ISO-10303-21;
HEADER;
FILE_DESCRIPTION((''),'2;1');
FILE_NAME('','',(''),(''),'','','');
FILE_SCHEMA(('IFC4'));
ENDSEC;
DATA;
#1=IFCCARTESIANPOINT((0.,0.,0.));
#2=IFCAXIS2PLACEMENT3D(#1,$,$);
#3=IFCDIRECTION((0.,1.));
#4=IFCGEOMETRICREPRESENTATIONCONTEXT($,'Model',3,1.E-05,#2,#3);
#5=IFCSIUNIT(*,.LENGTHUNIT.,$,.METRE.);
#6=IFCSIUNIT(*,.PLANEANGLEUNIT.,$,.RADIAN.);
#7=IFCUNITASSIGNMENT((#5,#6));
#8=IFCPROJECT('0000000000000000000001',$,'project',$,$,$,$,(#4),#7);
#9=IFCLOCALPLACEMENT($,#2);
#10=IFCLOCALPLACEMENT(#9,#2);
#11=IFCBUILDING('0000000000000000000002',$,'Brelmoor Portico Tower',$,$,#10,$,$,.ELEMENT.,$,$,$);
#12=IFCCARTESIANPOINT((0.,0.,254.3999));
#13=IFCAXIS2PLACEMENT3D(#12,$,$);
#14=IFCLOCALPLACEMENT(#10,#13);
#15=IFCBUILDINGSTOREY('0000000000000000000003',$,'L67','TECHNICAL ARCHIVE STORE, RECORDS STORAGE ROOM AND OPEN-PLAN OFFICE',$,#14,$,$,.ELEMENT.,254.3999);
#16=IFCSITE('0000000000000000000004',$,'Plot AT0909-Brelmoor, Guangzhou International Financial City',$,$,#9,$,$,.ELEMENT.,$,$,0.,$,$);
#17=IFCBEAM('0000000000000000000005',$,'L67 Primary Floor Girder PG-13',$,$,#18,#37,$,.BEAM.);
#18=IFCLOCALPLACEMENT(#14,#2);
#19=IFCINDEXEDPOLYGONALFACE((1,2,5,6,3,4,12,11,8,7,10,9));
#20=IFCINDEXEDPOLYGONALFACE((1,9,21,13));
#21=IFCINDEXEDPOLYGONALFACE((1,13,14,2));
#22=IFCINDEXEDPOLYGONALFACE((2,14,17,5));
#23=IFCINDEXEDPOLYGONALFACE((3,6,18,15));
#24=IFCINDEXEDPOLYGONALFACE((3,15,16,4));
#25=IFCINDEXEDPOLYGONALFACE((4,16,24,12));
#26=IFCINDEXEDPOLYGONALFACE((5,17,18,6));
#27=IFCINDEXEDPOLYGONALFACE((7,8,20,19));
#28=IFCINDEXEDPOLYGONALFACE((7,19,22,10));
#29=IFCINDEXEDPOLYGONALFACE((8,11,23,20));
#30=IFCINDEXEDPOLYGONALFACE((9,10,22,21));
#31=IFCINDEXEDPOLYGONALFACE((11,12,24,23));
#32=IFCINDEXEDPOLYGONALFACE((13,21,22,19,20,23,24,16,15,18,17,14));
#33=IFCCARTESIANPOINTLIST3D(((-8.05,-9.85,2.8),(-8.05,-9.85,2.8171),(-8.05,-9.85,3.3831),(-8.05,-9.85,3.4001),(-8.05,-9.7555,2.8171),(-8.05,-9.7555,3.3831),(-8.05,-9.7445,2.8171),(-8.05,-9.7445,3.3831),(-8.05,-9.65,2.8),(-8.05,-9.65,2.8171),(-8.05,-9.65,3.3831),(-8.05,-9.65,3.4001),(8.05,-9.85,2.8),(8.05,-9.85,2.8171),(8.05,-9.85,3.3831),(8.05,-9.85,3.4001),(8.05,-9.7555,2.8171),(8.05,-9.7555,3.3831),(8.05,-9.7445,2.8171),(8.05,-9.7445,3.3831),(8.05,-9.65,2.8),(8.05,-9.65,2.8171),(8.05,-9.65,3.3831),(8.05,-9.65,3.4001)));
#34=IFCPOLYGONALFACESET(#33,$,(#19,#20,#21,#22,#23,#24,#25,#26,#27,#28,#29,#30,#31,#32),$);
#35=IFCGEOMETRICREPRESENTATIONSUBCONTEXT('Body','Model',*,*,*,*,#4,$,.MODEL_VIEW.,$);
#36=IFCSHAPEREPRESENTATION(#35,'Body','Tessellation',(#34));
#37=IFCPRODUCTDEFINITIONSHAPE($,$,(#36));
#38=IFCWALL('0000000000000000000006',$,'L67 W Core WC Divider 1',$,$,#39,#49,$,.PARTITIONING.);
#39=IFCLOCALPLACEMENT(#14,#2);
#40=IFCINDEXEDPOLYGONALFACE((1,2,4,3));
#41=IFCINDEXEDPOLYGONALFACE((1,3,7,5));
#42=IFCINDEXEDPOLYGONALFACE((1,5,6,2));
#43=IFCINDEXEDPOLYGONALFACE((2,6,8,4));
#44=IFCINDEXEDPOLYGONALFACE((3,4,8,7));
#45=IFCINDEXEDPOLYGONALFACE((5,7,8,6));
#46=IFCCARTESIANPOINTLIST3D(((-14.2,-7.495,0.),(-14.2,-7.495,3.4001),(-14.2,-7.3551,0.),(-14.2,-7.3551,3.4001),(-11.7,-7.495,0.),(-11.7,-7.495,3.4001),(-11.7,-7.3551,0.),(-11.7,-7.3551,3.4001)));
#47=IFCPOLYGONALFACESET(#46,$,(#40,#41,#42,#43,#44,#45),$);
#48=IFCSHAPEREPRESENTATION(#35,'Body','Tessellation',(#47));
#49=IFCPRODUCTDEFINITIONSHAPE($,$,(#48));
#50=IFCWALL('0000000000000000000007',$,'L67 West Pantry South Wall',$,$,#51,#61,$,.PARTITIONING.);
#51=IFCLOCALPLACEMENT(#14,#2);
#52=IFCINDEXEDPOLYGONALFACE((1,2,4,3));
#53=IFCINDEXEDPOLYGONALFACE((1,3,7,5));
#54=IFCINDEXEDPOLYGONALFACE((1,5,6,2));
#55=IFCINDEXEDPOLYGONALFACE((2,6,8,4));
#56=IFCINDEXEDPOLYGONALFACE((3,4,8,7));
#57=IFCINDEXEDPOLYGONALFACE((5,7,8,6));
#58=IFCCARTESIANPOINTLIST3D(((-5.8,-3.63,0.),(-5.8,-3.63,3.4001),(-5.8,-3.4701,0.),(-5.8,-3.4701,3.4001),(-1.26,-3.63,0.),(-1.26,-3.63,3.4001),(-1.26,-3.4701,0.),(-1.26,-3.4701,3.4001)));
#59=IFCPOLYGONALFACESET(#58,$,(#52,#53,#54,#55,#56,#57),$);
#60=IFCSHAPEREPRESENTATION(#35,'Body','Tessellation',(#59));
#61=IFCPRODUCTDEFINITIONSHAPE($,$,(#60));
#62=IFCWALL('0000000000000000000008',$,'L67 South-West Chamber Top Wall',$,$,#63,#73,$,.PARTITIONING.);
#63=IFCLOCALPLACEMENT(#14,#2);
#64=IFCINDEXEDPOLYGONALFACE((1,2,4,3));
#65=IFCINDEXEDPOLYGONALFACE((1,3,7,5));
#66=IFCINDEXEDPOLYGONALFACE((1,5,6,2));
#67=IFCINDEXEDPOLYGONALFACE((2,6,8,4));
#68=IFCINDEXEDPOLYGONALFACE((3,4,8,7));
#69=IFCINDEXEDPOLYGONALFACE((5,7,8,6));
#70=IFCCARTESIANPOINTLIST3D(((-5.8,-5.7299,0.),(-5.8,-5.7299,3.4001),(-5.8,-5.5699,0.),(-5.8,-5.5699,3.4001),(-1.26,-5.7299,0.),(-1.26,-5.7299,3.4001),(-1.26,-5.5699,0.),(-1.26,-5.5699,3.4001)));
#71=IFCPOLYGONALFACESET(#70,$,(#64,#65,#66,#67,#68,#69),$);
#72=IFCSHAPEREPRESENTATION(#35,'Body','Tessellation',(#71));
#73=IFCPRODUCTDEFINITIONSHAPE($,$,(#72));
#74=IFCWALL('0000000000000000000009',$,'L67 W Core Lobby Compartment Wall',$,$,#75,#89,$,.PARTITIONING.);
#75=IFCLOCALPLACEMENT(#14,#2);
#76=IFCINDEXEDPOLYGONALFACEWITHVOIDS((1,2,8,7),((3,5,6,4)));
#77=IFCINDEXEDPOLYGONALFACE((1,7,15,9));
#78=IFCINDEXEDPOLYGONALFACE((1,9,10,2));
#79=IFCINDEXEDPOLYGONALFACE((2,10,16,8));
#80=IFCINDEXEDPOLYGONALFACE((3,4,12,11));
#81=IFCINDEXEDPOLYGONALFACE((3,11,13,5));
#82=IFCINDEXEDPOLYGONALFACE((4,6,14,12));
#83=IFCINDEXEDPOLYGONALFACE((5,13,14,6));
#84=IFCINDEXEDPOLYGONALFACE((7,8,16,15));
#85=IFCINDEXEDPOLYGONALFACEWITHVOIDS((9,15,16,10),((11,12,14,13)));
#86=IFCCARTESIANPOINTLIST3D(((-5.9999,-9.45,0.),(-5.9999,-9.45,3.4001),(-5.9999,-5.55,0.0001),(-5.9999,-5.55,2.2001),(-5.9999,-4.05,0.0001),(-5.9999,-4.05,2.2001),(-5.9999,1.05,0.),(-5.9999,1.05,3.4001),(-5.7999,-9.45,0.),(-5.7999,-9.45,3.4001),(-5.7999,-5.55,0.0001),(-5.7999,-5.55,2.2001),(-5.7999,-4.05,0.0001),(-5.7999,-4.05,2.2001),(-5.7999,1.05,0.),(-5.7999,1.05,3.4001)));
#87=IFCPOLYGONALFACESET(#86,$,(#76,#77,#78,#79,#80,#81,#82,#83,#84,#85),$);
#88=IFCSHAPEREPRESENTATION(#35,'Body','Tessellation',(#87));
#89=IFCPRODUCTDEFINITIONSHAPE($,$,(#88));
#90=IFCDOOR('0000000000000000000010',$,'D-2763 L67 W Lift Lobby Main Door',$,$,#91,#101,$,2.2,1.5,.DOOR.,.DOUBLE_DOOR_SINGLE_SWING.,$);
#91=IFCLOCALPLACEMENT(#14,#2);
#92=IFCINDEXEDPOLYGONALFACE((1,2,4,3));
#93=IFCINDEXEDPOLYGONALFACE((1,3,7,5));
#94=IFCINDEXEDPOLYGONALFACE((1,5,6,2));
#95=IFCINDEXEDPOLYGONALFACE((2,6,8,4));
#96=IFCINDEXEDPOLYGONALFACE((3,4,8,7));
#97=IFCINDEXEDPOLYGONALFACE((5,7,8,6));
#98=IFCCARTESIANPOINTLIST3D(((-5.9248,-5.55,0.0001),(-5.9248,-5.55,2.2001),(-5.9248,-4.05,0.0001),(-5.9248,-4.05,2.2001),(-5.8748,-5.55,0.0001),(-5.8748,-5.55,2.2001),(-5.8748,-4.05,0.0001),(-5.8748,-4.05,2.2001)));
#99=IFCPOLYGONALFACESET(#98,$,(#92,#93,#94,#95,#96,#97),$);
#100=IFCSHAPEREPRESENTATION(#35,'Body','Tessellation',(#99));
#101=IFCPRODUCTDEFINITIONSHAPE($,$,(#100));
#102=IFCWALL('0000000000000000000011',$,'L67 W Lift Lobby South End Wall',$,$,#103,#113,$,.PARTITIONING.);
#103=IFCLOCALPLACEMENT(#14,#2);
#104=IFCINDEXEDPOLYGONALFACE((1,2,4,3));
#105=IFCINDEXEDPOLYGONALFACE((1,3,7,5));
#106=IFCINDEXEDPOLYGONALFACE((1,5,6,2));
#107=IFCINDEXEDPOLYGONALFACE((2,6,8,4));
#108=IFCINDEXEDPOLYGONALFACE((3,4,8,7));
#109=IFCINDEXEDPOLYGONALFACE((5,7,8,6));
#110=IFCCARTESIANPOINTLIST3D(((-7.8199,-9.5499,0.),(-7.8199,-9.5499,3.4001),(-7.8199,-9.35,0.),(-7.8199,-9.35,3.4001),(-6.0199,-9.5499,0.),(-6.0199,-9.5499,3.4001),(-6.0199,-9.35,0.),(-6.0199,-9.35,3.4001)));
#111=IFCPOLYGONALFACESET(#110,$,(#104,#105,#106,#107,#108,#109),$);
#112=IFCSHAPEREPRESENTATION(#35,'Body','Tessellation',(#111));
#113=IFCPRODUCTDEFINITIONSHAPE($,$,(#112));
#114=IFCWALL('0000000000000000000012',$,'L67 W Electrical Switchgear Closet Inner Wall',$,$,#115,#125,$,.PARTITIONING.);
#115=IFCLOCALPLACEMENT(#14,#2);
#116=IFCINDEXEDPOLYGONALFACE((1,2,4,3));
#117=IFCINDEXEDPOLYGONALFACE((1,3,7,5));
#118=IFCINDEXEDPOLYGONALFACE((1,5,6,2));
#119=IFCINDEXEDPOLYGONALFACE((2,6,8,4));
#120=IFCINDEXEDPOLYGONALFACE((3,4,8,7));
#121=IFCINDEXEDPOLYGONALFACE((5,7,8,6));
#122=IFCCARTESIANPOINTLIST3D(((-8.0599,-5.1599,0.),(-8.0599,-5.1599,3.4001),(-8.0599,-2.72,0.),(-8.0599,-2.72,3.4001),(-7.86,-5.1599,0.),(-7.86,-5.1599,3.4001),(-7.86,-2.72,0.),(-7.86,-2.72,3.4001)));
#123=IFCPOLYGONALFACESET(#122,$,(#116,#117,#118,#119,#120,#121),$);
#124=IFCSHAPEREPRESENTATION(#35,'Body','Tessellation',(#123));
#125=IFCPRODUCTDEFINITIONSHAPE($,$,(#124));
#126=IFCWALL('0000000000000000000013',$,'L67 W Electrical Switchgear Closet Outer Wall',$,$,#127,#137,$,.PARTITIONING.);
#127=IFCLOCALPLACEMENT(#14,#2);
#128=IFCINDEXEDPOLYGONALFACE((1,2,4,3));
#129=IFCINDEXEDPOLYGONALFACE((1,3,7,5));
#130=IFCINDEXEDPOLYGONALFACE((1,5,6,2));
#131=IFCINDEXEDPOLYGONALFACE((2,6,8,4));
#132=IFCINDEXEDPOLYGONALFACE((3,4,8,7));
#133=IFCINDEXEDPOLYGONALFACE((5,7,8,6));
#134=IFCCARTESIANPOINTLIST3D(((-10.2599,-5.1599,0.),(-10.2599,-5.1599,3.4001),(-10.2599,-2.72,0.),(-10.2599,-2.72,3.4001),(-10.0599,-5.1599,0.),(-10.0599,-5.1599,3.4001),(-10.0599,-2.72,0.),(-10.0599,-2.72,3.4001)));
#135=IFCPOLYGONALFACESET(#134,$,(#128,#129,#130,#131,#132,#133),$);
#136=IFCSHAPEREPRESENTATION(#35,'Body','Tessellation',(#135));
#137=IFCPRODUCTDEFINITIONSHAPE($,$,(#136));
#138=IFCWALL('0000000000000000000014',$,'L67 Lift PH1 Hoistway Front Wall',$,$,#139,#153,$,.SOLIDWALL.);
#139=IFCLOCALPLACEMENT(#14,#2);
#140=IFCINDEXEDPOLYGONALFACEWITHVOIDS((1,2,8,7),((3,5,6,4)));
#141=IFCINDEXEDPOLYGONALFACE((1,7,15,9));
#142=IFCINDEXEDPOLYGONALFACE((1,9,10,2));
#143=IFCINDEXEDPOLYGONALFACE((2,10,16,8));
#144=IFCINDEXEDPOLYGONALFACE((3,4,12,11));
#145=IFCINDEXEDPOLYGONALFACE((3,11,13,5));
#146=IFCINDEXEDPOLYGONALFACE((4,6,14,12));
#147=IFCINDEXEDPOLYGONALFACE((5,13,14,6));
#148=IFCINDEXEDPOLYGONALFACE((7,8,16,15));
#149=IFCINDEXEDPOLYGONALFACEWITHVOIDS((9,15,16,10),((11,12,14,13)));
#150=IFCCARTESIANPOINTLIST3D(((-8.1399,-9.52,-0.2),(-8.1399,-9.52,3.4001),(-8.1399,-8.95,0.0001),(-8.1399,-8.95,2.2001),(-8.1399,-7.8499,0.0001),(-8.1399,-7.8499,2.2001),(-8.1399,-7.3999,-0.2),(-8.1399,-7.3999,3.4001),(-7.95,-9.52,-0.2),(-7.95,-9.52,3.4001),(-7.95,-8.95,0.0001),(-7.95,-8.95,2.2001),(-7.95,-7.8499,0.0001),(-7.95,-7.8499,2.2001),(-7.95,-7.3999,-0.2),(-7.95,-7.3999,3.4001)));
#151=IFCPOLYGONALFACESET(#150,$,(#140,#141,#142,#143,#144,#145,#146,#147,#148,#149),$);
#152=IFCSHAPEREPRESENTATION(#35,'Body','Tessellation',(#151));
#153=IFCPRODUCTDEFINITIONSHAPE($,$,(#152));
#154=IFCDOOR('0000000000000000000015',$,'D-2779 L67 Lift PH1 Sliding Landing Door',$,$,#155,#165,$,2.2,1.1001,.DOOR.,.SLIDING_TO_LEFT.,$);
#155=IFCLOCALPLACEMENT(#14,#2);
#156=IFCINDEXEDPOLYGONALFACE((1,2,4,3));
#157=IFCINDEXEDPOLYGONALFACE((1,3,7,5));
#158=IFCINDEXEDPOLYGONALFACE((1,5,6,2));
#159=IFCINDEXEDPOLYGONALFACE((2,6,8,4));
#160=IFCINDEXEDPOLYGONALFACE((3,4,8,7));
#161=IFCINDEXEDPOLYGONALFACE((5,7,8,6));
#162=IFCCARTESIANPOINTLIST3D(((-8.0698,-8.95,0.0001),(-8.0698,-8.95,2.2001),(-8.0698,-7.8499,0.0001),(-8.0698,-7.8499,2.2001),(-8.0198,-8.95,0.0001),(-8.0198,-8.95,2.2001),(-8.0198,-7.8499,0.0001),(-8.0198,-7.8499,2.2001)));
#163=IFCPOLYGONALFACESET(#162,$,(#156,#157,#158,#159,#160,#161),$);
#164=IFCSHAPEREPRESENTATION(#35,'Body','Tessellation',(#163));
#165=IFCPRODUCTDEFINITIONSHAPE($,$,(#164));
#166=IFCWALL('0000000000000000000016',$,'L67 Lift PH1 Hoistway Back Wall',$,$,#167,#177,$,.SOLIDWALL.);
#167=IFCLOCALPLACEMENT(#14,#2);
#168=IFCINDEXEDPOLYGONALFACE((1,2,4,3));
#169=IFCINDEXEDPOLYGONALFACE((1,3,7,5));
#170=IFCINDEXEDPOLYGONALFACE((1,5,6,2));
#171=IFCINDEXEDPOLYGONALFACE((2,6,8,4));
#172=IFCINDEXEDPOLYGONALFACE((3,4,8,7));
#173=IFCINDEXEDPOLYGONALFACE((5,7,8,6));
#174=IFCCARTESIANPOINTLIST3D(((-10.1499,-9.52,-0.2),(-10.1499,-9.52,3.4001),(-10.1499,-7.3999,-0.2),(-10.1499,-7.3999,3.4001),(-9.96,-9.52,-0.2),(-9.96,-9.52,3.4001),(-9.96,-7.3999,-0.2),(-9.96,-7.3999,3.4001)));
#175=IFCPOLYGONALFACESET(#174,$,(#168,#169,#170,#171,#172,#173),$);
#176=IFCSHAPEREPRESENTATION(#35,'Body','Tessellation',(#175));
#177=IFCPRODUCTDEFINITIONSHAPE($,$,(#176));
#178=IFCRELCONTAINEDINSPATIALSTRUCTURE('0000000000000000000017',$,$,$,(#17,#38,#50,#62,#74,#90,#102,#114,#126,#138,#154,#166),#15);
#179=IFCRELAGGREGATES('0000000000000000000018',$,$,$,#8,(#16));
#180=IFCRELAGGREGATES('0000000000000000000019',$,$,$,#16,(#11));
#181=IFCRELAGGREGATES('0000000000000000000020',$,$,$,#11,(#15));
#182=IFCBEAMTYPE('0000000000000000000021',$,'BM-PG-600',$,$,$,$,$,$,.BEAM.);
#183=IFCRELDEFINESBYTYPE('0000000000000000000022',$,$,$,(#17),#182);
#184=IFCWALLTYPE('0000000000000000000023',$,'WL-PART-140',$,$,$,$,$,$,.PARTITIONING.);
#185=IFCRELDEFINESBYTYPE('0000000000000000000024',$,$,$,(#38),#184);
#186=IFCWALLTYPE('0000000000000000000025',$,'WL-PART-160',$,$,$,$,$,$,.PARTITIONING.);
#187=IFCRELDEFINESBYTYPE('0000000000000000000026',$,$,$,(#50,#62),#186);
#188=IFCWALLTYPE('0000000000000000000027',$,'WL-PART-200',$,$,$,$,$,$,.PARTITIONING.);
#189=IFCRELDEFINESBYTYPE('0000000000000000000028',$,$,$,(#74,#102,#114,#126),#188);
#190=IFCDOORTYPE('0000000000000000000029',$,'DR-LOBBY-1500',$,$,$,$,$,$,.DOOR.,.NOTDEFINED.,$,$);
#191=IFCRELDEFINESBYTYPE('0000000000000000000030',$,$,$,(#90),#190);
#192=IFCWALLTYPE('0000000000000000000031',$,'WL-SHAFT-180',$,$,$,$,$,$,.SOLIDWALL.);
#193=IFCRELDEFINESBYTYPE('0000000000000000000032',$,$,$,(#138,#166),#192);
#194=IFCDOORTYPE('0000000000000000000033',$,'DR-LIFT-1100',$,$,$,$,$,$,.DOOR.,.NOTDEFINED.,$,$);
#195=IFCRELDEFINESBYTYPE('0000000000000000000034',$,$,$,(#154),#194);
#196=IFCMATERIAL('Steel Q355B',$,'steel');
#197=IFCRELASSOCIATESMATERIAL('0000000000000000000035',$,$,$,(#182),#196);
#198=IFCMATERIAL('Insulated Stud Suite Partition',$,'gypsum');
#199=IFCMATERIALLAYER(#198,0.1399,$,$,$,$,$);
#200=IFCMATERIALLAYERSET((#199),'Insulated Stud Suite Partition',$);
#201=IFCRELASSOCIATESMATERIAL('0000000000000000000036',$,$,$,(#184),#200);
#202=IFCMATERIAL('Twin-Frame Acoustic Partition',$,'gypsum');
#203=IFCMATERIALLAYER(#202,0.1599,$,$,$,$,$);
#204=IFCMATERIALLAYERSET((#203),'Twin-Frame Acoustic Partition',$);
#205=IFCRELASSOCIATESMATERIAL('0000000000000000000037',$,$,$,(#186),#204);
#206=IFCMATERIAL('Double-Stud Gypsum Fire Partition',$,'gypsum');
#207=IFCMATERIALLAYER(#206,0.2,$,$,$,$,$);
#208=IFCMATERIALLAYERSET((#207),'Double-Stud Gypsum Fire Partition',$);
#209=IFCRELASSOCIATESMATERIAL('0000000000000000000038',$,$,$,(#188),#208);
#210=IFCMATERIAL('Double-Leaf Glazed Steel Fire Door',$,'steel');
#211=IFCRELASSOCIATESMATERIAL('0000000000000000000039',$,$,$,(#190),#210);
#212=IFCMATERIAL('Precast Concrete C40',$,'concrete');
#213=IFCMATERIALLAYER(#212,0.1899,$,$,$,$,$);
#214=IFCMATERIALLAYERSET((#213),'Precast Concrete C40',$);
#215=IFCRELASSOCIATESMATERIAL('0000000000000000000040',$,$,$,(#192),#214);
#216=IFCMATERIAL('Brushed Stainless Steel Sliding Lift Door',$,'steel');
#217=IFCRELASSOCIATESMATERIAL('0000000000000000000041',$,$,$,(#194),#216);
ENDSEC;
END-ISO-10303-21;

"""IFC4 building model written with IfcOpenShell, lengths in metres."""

from ifc_helpers import new_model, si_unit, direction, frame, frame_2d, origin, origin_2d, place, context, subcontext, project, spatial, rectangle, i_section, extrude, material, layer, layer_set, material_profile, profile_set, type_object, element, fill, save


model = new_model("IFC4")

# Units and contexts
model_context = context("Model", 3, precision=1e-05, world=origin(), true_north=direction((0.0, 1.0)))
body_context = subcontext(model_context, "Body", "Model", "MODEL_VIEW")
ifc_project = project(units=[si_unit("LENGTHUNIT", "METRE"), si_unit("PLANEANGLEUNIT", "RADIAN")], contexts=[model_context])

# Site, building, storey
site_placement = place(None, origin())
site = spatial("IfcSite", under=ifc_project, at=site_placement, Name="Plot AT0909-Brelmoor, Guangzhou International Financial City", CompositionType="ELEMENT", RefElevation=0.0)
building_placement = place(site_placement, origin())
building = spatial("IfcBuilding", under=site, at=building_placement, Name="Brelmoor Portico Tower", CompositionType="ELEMENT")
storey_placement = place(building_placement, frame((0.0, 0.0, 254.3999)))
storey = spatial("IfcBuildingStorey", under=building, at=storey_placement, Name="L67", Description="TECHNICAL ARCHIVE STORE, RECORDS STORAGE ROOM AND OPEN-PLAN OFFICE", CompositionType="ELEMENT", Elevation=254.3999)

# Beam
ifc_material_1 = material(Name="Steel Q355B", Category="steel")
ifc_material_profile = material_profile(ifc_material_1, i_section(OverallWidth=0.2, OverallDepth=0.6001, WebThickness=0.011, FlangeThickness=0.0171, at=origin_2d()), Name="HN 600x200x11x17")
ifc_profile_set = profile_set([ifc_material_profile], Name="Steel Q355B")
beam_type = type_object("IfcBeamType", Name="BM-PG-600", PredefinedType="BEAM", material=ifc_profile_set)
beam_placement = place(storey_placement, frame((-8.05, -9.75, 3.1001), z_axis=(1.0, 0.0, 0.0), x_axis=(0.0, 1.0, 0.0)))
element("IfcBeam", 1, at=beam_placement, inside=storey, type_object=beam_type, Name="L67 Primary Floor Girder PG-13", PredefinedType="BEAM", context=body_context, shape_type="SweptSolid", body=[
    extrude(i_section(OverallWidth=0.2, OverallDepth=0.6001, WebThickness=0.011, FlangeThickness=0.0171, at=origin_2d()), origin(), (0.0, 0.0, 1.0), 16.1001),
])

# Wall
ifc_material_2 = material(Name="Insulated Stud Suite Partition", Category="gypsum")
ifc_layer_1 = layer(ifc_material_2, 0.1399)
ifc_layer_set_1 = layer_set([ifc_layer_1], Name="Insulated Stud Suite Partition")
wall_type_1 = type_object("IfcWallType", Name="WL-PART-140", PredefinedType="PARTITIONING", material=ifc_layer_set_1)
wall_1_placement = place(storey_placement, frame((-11.7, -7.425, 0.0), z_axis=(0.0, 0.0, 1.0), x_axis=(-1.0, 0.0, 0.0)))
element("IfcWall", 2, at=wall_1_placement, inside=storey, type_object=wall_type_1, Name="L67 W Core WC Divider 1", PredefinedType="PARTITIONING", context=body_context, shape_type="SweptSolid", body=[
    extrude(rectangle(XDim=2.5, YDim=0.1399, at=frame_2d((1.25, 0.0))), origin(), (0.0, 0.0, 1.0), 3.4001),
])

# Shared definitions
ifc_material_3 = material(Name="Twin-Frame Acoustic Partition", Category="gypsum")
ifc_layer_2 = layer(ifc_material_3, 0.1599)
ifc_layer_set_2 = layer_set([ifc_layer_2], Name="Twin-Frame Acoustic Partition")
wall_type_2 = type_object("IfcWallType", Name="WL-PART-160", PredefinedType="PARTITIONING", material=ifc_layer_set_2)

# Walls
for number, where, z_axis, x_axis, name in (
    (3, (-5.8, -3.55, 0.0), (0.0, 0.0, 1.0), (1.0, 0.0, 0.0), "L67 West Pantry South Wall"),
    (4, (-5.8, -5.6499, 0.0), (0.0, 0.0, 1.0), (1.0, 0.0, 0.0), "L67 South-West Chamber Top Wall"),
):
    element("IfcWall", number, at=place(storey_placement, frame(where, z_axis=z_axis, x_axis=x_axis)), inside=storey, type_object=wall_type_2, Name=name, PredefinedType="PARTITIONING", context=body_context, shape_type="SweptSolid", body=[
        extrude(rectangle(XDim=4.54, YDim=0.1599, at=frame_2d((2.27, 0.0))), origin(), (0.0, 0.0, 1.0), 3.4001),
    ])

# Wall, opening, door
ifc_material_4 = material(Name="Double-Stud Gypsum Fire Partition", Category="gypsum")
ifc_layer_3 = layer(ifc_material_4, 0.2)
ifc_layer_set_3 = layer_set([ifc_layer_3], Name="Double-Stud Gypsum Fire Partition")
wall_type_3 = type_object("IfcWallType", Name="WL-PART-200", PredefinedType="PARTITIONING", material=ifc_layer_set_3)
wall_2_placement = place(storey_placement, frame((-5.8999, -9.45, 0.0), z_axis=(0.0, 0.0, 1.0), x_axis=(0.0, 1.0, 0.0)))
wall_2 = element("IfcWall", 5, at=wall_2_placement, inside=storey, type_object=wall_type_3, Name="L67 W Core Lobby Compartment Wall", PredefinedType="PARTITIONING", context=body_context, shape_type="SweptSolid", body=[
    extrude(rectangle(XDim=10.5, YDim=0.2, at=frame_2d((5.25, 0.0))), origin(), (0.0, 0.0, 1.0), 3.4001),
])
opening_1_placement = place(wall_2_placement, frame((3.8999, 0.0, 0.0)))
opening_1 = element("IfcOpeningElement", 6, at=opening_1_placement, cuts=wall_2, PredefinedType="OPENING", context=body_context, shape_type="SweptSolid", body=[
    extrude(rectangle(XDim=1.5, YDim=2.2, at=frame_2d((0.75, 1.1001))), frame((0.0, 0.1099, 0.0), z_axis=(0.0, -1.0, 0.0), x_axis=(1.0, 0.0, 0.0)), (0.0, 0.0, 1.0), 0.22),
])
ifc_material_5 = material(Name="Double-Leaf Glazed Steel Fire Door", Category="steel")
door_type_1 = type_object("IfcDoorType", Name="DR-LOBBY-1500", OperationType="NOTDEFINED", PredefinedType="DOOR", material=ifc_material_5)
door_1_placement = place(opening_1_placement, origin())
door_1 = element("IfcDoor", 7, at=door_1_placement, inside=storey, type_object=door_type_1, Name="D-2763 L67 W Lift Lobby Main Door", OperationType="DOUBLE_DOOR_SINGLE_SWING", OverallHeight=2.2, OverallWidth=1.5, PredefinedType="DOOR", context=body_context, shape_type="SweptSolid", body=[
    extrude(rectangle(XDim=1.5, YDim=2.2, at=frame_2d((0.75, 1.1001))), frame((0.0, 0.0249, 0.0), z_axis=(0.0, -1.0, 0.0), x_axis=(1.0, 0.0, 0.0)), (0.0, 0.0, 1.0), 0.05),
])
fill(opening_1, door_1)

# Walls
wall_3_placement = place(storey_placement, frame((-6.02, -9.45, 0.0), z_axis=(0.0, 0.0, 1.0), x_axis=(-1.0, 0.0, 0.0)))
element("IfcWall", 8, at=wall_3_placement, inside=storey, type_object=wall_type_3, Name="L67 W Lift Lobby South End Wall", PredefinedType="PARTITIONING", context=body_context, shape_type="SweptSolid", body=[
    extrude(rectangle(XDim=1.8, YDim=0.2, at=frame_2d((0.8999, 0.0))), origin(), (0.0, 0.0, 1.0), 3.4001),
])
for number, where, z_axis, x_axis, name in (
    (9, (-7.96, -5.1599, 0.0), (0.0, 0.0, 1.0), (0.0, 1.0, 0.0), "L67 W Electrical Switchgear Closet Inner Wall"),
    (10, (-10.1599, -5.1599, 0.0), (0.0, 0.0, 1.0), (0.0, 1.0, 0.0), "L67 W Electrical Switchgear Closet Outer Wall"),
):
    element("IfcWall", number, at=place(storey_placement, frame(where, z_axis=z_axis, x_axis=x_axis)), inside=storey, type_object=wall_type_3, Name=name, PredefinedType="PARTITIONING", context=body_context, shape_type="SweptSolid", body=[
        extrude(rectangle(XDim=2.4399, YDim=0.2, at=frame_2d((1.22, 0.0))), origin(), (0.0, 0.0, 1.0), 3.4001),
    ])

# Wall, opening, door
ifc_material_6 = material(Name="Precast Concrete C40", Category="concrete")
ifc_layer_4 = layer(ifc_material_6, 0.1899)
ifc_layer_set_4 = layer_set([ifc_layer_4], Name="Precast Concrete C40")
wall_type_4 = type_object("IfcWallType", Name="WL-SHAFT-180", PredefinedType="SOLIDWALL", material=ifc_layer_set_4)
wall_4_placement = place(storey_placement, frame((-8.0449, -9.52, -0.2), z_axis=(0.0, 0.0, 1.0), x_axis=(0.0, 1.0, 0.0)))
wall_4 = element("IfcWall", 11, at=wall_4_placement, inside=storey, type_object=wall_type_4, Name="L67 Lift PH1 Hoistway Front Wall", PredefinedType="SOLIDWALL", context=body_context, shape_type="SweptSolid", body=[
    extrude(rectangle(XDim=2.1201, YDim=0.1899, at=frame_2d((1.0601, 0.0))), origin(), (0.0, 0.0, 1.0), 3.6001),
])
opening_2_placement = place(wall_4_placement, frame((0.5701, 0.0, 0.2)))
opening_2 = element("IfcOpeningElement", 12, at=opening_2_placement, cuts=wall_4, PredefinedType="OPENING", context=body_context, shape_type="SweptSolid", body=[
    extrude(rectangle(XDim=1.1001, YDim=2.2, at=frame_2d((0.55, 1.1001))), frame((0.0, 0.105, 0.0), z_axis=(0.0, -1.0, 0.0), x_axis=(1.0, 0.0, 0.0)), (0.0, 0.0, 1.0), 0.21),
])
ifc_material_7 = material(Name="Brushed Stainless Steel Sliding Lift Door", Category="steel")
door_type_2 = type_object("IfcDoorType", Name="DR-LIFT-1100", OperationType="NOTDEFINED", PredefinedType="DOOR", material=ifc_material_7)
door_2_placement = place(opening_2_placement, origin())
door_2 = element("IfcDoor", 13, at=door_2_placement, inside=storey, type_object=door_type_2, Name="D-2779 L67 Lift PH1 Sliding Landing Door", OperationType="SLIDING_TO_LEFT", OverallHeight=2.2, OverallWidth=1.1001, PredefinedType="DOOR", context=body_context, shape_type="SweptSolid", body=[
    extrude(rectangle(XDim=1.1001, YDim=2.2, at=frame_2d((0.55, 1.1001))), frame((0.0, 0.0249, 0.0), z_axis=(0.0, -1.0, 0.0), x_axis=(1.0, 0.0, 0.0)), (0.0, 0.0, 1.0), 0.05),
])
fill(opening_2, door_2)

# Wall
wall_5_placement = place(storey_placement, frame((-10.0549, -9.52, -0.2), z_axis=(0.0, 0.0, 1.0), x_axis=(0.0, 1.0, 0.0)))
element("IfcWall", 14, at=wall_5_placement, inside=storey, type_object=wall_type_4, Name="L67 Lift PH1 Hoistway Back Wall", PredefinedType="SOLIDWALL", context=body_context, shape_type="SweptSolid", body=[
    extrude(rectangle(XDim=2.1201, YDim=0.1899, at=frame_2d((1.0601, 0.0))), origin(), (0.0, 0.0, 1.0), 3.6001),
])

save(model, "model.ifc")
